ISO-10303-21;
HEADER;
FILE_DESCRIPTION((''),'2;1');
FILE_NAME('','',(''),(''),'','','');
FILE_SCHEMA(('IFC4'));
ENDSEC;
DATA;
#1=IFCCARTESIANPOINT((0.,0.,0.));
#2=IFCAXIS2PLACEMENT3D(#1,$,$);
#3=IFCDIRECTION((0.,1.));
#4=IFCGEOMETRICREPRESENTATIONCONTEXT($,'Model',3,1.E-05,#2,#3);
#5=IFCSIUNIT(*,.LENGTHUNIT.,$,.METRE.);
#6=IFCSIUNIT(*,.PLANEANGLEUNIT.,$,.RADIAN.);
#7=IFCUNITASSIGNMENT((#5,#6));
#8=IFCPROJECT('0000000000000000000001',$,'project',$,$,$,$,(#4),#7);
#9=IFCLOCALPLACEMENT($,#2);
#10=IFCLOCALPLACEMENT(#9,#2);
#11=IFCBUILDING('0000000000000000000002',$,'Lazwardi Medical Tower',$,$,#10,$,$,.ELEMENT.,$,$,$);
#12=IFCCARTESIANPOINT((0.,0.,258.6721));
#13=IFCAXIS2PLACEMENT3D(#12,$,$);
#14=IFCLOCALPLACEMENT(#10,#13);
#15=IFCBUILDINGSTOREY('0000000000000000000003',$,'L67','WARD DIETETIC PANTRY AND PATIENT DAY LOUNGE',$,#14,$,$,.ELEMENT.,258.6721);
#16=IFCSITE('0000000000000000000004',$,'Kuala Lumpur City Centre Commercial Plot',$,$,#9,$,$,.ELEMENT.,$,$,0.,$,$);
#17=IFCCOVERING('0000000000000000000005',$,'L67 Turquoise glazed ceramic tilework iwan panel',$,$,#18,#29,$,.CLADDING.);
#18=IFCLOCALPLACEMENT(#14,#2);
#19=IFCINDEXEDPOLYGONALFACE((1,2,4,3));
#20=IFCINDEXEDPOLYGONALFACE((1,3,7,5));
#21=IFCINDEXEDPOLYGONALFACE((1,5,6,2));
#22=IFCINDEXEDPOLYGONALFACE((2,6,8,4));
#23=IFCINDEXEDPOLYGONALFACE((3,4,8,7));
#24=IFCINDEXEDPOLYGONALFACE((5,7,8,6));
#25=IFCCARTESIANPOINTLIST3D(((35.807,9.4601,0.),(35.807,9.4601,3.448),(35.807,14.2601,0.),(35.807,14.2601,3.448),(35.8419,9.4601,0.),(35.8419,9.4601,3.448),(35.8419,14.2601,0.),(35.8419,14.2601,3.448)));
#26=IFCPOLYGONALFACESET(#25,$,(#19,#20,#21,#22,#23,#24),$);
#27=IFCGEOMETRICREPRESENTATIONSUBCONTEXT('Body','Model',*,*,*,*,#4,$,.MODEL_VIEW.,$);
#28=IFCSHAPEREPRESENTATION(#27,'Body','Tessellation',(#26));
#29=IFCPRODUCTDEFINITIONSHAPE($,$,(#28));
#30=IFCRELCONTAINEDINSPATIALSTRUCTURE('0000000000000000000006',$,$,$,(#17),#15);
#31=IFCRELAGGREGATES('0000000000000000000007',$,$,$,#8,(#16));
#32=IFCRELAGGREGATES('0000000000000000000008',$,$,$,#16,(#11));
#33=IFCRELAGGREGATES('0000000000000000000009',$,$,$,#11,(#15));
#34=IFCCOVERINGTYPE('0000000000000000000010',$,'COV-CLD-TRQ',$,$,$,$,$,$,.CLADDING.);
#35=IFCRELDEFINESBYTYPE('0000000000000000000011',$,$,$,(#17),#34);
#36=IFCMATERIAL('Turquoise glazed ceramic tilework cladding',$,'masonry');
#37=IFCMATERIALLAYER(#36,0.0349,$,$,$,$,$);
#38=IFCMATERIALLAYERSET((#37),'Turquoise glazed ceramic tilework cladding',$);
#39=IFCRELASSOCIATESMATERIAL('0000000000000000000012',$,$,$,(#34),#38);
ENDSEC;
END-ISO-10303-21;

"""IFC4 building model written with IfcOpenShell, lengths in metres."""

from ifc_helpers import new_model, si_unit, direction, frame, origin, origin_2d, place, context, subcontext, project, spatial, rectangle, extrude, material, layer, layer_set, type_object, element, save


model = new_model("IFC4")

# Units and contexts
model_context = context("Model", 3, precision=1e-05, world=origin(), true_north=direction((0.0, 1.0)))
body_context = subcontext(model_context, "Body", "Model", "MODEL_VIEW")
ifc_project = project(units=[si_unit("LENGTHUNIT", "METRE"), si_unit("PLANEANGLEUNIT", "RADIAN")], contexts=[model_context])

# Site, building, storey
site_placement = place(None, origin())
site = spatial("IfcSite", under=ifc_project, at=site_placement, Name="Kuala Lumpur City Centre Commercial Plot", CompositionType="ELEMENT", RefElevation=0.0)
building_placement = place(site_placement, origin())
building = spatial("IfcBuilding", under=site, at=building_placement, Name="Lazwardi Medical Tower", CompositionType="ELEMENT")
storey_placement = place(building_placement, frame((0.0, 0.0, 258.6721)))
storey = spatial("IfcBuildingStorey", under=building, at=storey_placement, Name="L67", Description="WARD DIETETIC PANTRY AND PATIENT DAY LOUNGE", CompositionType="ELEMENT", Elevation=258.6721)

# Covering
ifc_material_1 = material(Name="Turquoise glazed ceramic tilework cladding", Category="masonry")
ifc_layer_1 = layer(ifc_material_1, 0.0349)
ifc_layer_set_1 = layer_set([ifc_layer_1], Name="Turquoise glazed ceramic tilework cladding")
covering_type_1 = type_object("IfcCoveringType", Name="COV-CLD-TRQ", PredefinedType="CLADDING", material=ifc_layer_set_1)
covering_1_placement = place(storey_placement, frame((35.8245, 11.8601, 0.0), z_axis=(0.0, 0.0, 1.0), x_axis=(0.0, 1.0, 0.0)))
element("IfcCovering", 1, at=covering_1_placement, inside=storey, type_object=covering_type_1, Name="L67 Turquoise glazed ceramic tilework iwan panel", PredefinedType="CLADDING", context=body_context, shape_type="SweptSolid", body=[
    extrude(rectangle(XDim=4.8, YDim=0.0349, at=origin_2d()), origin(), (0.0, 0.0, 1.0), 3.448),
])

save(model, "model.ifc")
